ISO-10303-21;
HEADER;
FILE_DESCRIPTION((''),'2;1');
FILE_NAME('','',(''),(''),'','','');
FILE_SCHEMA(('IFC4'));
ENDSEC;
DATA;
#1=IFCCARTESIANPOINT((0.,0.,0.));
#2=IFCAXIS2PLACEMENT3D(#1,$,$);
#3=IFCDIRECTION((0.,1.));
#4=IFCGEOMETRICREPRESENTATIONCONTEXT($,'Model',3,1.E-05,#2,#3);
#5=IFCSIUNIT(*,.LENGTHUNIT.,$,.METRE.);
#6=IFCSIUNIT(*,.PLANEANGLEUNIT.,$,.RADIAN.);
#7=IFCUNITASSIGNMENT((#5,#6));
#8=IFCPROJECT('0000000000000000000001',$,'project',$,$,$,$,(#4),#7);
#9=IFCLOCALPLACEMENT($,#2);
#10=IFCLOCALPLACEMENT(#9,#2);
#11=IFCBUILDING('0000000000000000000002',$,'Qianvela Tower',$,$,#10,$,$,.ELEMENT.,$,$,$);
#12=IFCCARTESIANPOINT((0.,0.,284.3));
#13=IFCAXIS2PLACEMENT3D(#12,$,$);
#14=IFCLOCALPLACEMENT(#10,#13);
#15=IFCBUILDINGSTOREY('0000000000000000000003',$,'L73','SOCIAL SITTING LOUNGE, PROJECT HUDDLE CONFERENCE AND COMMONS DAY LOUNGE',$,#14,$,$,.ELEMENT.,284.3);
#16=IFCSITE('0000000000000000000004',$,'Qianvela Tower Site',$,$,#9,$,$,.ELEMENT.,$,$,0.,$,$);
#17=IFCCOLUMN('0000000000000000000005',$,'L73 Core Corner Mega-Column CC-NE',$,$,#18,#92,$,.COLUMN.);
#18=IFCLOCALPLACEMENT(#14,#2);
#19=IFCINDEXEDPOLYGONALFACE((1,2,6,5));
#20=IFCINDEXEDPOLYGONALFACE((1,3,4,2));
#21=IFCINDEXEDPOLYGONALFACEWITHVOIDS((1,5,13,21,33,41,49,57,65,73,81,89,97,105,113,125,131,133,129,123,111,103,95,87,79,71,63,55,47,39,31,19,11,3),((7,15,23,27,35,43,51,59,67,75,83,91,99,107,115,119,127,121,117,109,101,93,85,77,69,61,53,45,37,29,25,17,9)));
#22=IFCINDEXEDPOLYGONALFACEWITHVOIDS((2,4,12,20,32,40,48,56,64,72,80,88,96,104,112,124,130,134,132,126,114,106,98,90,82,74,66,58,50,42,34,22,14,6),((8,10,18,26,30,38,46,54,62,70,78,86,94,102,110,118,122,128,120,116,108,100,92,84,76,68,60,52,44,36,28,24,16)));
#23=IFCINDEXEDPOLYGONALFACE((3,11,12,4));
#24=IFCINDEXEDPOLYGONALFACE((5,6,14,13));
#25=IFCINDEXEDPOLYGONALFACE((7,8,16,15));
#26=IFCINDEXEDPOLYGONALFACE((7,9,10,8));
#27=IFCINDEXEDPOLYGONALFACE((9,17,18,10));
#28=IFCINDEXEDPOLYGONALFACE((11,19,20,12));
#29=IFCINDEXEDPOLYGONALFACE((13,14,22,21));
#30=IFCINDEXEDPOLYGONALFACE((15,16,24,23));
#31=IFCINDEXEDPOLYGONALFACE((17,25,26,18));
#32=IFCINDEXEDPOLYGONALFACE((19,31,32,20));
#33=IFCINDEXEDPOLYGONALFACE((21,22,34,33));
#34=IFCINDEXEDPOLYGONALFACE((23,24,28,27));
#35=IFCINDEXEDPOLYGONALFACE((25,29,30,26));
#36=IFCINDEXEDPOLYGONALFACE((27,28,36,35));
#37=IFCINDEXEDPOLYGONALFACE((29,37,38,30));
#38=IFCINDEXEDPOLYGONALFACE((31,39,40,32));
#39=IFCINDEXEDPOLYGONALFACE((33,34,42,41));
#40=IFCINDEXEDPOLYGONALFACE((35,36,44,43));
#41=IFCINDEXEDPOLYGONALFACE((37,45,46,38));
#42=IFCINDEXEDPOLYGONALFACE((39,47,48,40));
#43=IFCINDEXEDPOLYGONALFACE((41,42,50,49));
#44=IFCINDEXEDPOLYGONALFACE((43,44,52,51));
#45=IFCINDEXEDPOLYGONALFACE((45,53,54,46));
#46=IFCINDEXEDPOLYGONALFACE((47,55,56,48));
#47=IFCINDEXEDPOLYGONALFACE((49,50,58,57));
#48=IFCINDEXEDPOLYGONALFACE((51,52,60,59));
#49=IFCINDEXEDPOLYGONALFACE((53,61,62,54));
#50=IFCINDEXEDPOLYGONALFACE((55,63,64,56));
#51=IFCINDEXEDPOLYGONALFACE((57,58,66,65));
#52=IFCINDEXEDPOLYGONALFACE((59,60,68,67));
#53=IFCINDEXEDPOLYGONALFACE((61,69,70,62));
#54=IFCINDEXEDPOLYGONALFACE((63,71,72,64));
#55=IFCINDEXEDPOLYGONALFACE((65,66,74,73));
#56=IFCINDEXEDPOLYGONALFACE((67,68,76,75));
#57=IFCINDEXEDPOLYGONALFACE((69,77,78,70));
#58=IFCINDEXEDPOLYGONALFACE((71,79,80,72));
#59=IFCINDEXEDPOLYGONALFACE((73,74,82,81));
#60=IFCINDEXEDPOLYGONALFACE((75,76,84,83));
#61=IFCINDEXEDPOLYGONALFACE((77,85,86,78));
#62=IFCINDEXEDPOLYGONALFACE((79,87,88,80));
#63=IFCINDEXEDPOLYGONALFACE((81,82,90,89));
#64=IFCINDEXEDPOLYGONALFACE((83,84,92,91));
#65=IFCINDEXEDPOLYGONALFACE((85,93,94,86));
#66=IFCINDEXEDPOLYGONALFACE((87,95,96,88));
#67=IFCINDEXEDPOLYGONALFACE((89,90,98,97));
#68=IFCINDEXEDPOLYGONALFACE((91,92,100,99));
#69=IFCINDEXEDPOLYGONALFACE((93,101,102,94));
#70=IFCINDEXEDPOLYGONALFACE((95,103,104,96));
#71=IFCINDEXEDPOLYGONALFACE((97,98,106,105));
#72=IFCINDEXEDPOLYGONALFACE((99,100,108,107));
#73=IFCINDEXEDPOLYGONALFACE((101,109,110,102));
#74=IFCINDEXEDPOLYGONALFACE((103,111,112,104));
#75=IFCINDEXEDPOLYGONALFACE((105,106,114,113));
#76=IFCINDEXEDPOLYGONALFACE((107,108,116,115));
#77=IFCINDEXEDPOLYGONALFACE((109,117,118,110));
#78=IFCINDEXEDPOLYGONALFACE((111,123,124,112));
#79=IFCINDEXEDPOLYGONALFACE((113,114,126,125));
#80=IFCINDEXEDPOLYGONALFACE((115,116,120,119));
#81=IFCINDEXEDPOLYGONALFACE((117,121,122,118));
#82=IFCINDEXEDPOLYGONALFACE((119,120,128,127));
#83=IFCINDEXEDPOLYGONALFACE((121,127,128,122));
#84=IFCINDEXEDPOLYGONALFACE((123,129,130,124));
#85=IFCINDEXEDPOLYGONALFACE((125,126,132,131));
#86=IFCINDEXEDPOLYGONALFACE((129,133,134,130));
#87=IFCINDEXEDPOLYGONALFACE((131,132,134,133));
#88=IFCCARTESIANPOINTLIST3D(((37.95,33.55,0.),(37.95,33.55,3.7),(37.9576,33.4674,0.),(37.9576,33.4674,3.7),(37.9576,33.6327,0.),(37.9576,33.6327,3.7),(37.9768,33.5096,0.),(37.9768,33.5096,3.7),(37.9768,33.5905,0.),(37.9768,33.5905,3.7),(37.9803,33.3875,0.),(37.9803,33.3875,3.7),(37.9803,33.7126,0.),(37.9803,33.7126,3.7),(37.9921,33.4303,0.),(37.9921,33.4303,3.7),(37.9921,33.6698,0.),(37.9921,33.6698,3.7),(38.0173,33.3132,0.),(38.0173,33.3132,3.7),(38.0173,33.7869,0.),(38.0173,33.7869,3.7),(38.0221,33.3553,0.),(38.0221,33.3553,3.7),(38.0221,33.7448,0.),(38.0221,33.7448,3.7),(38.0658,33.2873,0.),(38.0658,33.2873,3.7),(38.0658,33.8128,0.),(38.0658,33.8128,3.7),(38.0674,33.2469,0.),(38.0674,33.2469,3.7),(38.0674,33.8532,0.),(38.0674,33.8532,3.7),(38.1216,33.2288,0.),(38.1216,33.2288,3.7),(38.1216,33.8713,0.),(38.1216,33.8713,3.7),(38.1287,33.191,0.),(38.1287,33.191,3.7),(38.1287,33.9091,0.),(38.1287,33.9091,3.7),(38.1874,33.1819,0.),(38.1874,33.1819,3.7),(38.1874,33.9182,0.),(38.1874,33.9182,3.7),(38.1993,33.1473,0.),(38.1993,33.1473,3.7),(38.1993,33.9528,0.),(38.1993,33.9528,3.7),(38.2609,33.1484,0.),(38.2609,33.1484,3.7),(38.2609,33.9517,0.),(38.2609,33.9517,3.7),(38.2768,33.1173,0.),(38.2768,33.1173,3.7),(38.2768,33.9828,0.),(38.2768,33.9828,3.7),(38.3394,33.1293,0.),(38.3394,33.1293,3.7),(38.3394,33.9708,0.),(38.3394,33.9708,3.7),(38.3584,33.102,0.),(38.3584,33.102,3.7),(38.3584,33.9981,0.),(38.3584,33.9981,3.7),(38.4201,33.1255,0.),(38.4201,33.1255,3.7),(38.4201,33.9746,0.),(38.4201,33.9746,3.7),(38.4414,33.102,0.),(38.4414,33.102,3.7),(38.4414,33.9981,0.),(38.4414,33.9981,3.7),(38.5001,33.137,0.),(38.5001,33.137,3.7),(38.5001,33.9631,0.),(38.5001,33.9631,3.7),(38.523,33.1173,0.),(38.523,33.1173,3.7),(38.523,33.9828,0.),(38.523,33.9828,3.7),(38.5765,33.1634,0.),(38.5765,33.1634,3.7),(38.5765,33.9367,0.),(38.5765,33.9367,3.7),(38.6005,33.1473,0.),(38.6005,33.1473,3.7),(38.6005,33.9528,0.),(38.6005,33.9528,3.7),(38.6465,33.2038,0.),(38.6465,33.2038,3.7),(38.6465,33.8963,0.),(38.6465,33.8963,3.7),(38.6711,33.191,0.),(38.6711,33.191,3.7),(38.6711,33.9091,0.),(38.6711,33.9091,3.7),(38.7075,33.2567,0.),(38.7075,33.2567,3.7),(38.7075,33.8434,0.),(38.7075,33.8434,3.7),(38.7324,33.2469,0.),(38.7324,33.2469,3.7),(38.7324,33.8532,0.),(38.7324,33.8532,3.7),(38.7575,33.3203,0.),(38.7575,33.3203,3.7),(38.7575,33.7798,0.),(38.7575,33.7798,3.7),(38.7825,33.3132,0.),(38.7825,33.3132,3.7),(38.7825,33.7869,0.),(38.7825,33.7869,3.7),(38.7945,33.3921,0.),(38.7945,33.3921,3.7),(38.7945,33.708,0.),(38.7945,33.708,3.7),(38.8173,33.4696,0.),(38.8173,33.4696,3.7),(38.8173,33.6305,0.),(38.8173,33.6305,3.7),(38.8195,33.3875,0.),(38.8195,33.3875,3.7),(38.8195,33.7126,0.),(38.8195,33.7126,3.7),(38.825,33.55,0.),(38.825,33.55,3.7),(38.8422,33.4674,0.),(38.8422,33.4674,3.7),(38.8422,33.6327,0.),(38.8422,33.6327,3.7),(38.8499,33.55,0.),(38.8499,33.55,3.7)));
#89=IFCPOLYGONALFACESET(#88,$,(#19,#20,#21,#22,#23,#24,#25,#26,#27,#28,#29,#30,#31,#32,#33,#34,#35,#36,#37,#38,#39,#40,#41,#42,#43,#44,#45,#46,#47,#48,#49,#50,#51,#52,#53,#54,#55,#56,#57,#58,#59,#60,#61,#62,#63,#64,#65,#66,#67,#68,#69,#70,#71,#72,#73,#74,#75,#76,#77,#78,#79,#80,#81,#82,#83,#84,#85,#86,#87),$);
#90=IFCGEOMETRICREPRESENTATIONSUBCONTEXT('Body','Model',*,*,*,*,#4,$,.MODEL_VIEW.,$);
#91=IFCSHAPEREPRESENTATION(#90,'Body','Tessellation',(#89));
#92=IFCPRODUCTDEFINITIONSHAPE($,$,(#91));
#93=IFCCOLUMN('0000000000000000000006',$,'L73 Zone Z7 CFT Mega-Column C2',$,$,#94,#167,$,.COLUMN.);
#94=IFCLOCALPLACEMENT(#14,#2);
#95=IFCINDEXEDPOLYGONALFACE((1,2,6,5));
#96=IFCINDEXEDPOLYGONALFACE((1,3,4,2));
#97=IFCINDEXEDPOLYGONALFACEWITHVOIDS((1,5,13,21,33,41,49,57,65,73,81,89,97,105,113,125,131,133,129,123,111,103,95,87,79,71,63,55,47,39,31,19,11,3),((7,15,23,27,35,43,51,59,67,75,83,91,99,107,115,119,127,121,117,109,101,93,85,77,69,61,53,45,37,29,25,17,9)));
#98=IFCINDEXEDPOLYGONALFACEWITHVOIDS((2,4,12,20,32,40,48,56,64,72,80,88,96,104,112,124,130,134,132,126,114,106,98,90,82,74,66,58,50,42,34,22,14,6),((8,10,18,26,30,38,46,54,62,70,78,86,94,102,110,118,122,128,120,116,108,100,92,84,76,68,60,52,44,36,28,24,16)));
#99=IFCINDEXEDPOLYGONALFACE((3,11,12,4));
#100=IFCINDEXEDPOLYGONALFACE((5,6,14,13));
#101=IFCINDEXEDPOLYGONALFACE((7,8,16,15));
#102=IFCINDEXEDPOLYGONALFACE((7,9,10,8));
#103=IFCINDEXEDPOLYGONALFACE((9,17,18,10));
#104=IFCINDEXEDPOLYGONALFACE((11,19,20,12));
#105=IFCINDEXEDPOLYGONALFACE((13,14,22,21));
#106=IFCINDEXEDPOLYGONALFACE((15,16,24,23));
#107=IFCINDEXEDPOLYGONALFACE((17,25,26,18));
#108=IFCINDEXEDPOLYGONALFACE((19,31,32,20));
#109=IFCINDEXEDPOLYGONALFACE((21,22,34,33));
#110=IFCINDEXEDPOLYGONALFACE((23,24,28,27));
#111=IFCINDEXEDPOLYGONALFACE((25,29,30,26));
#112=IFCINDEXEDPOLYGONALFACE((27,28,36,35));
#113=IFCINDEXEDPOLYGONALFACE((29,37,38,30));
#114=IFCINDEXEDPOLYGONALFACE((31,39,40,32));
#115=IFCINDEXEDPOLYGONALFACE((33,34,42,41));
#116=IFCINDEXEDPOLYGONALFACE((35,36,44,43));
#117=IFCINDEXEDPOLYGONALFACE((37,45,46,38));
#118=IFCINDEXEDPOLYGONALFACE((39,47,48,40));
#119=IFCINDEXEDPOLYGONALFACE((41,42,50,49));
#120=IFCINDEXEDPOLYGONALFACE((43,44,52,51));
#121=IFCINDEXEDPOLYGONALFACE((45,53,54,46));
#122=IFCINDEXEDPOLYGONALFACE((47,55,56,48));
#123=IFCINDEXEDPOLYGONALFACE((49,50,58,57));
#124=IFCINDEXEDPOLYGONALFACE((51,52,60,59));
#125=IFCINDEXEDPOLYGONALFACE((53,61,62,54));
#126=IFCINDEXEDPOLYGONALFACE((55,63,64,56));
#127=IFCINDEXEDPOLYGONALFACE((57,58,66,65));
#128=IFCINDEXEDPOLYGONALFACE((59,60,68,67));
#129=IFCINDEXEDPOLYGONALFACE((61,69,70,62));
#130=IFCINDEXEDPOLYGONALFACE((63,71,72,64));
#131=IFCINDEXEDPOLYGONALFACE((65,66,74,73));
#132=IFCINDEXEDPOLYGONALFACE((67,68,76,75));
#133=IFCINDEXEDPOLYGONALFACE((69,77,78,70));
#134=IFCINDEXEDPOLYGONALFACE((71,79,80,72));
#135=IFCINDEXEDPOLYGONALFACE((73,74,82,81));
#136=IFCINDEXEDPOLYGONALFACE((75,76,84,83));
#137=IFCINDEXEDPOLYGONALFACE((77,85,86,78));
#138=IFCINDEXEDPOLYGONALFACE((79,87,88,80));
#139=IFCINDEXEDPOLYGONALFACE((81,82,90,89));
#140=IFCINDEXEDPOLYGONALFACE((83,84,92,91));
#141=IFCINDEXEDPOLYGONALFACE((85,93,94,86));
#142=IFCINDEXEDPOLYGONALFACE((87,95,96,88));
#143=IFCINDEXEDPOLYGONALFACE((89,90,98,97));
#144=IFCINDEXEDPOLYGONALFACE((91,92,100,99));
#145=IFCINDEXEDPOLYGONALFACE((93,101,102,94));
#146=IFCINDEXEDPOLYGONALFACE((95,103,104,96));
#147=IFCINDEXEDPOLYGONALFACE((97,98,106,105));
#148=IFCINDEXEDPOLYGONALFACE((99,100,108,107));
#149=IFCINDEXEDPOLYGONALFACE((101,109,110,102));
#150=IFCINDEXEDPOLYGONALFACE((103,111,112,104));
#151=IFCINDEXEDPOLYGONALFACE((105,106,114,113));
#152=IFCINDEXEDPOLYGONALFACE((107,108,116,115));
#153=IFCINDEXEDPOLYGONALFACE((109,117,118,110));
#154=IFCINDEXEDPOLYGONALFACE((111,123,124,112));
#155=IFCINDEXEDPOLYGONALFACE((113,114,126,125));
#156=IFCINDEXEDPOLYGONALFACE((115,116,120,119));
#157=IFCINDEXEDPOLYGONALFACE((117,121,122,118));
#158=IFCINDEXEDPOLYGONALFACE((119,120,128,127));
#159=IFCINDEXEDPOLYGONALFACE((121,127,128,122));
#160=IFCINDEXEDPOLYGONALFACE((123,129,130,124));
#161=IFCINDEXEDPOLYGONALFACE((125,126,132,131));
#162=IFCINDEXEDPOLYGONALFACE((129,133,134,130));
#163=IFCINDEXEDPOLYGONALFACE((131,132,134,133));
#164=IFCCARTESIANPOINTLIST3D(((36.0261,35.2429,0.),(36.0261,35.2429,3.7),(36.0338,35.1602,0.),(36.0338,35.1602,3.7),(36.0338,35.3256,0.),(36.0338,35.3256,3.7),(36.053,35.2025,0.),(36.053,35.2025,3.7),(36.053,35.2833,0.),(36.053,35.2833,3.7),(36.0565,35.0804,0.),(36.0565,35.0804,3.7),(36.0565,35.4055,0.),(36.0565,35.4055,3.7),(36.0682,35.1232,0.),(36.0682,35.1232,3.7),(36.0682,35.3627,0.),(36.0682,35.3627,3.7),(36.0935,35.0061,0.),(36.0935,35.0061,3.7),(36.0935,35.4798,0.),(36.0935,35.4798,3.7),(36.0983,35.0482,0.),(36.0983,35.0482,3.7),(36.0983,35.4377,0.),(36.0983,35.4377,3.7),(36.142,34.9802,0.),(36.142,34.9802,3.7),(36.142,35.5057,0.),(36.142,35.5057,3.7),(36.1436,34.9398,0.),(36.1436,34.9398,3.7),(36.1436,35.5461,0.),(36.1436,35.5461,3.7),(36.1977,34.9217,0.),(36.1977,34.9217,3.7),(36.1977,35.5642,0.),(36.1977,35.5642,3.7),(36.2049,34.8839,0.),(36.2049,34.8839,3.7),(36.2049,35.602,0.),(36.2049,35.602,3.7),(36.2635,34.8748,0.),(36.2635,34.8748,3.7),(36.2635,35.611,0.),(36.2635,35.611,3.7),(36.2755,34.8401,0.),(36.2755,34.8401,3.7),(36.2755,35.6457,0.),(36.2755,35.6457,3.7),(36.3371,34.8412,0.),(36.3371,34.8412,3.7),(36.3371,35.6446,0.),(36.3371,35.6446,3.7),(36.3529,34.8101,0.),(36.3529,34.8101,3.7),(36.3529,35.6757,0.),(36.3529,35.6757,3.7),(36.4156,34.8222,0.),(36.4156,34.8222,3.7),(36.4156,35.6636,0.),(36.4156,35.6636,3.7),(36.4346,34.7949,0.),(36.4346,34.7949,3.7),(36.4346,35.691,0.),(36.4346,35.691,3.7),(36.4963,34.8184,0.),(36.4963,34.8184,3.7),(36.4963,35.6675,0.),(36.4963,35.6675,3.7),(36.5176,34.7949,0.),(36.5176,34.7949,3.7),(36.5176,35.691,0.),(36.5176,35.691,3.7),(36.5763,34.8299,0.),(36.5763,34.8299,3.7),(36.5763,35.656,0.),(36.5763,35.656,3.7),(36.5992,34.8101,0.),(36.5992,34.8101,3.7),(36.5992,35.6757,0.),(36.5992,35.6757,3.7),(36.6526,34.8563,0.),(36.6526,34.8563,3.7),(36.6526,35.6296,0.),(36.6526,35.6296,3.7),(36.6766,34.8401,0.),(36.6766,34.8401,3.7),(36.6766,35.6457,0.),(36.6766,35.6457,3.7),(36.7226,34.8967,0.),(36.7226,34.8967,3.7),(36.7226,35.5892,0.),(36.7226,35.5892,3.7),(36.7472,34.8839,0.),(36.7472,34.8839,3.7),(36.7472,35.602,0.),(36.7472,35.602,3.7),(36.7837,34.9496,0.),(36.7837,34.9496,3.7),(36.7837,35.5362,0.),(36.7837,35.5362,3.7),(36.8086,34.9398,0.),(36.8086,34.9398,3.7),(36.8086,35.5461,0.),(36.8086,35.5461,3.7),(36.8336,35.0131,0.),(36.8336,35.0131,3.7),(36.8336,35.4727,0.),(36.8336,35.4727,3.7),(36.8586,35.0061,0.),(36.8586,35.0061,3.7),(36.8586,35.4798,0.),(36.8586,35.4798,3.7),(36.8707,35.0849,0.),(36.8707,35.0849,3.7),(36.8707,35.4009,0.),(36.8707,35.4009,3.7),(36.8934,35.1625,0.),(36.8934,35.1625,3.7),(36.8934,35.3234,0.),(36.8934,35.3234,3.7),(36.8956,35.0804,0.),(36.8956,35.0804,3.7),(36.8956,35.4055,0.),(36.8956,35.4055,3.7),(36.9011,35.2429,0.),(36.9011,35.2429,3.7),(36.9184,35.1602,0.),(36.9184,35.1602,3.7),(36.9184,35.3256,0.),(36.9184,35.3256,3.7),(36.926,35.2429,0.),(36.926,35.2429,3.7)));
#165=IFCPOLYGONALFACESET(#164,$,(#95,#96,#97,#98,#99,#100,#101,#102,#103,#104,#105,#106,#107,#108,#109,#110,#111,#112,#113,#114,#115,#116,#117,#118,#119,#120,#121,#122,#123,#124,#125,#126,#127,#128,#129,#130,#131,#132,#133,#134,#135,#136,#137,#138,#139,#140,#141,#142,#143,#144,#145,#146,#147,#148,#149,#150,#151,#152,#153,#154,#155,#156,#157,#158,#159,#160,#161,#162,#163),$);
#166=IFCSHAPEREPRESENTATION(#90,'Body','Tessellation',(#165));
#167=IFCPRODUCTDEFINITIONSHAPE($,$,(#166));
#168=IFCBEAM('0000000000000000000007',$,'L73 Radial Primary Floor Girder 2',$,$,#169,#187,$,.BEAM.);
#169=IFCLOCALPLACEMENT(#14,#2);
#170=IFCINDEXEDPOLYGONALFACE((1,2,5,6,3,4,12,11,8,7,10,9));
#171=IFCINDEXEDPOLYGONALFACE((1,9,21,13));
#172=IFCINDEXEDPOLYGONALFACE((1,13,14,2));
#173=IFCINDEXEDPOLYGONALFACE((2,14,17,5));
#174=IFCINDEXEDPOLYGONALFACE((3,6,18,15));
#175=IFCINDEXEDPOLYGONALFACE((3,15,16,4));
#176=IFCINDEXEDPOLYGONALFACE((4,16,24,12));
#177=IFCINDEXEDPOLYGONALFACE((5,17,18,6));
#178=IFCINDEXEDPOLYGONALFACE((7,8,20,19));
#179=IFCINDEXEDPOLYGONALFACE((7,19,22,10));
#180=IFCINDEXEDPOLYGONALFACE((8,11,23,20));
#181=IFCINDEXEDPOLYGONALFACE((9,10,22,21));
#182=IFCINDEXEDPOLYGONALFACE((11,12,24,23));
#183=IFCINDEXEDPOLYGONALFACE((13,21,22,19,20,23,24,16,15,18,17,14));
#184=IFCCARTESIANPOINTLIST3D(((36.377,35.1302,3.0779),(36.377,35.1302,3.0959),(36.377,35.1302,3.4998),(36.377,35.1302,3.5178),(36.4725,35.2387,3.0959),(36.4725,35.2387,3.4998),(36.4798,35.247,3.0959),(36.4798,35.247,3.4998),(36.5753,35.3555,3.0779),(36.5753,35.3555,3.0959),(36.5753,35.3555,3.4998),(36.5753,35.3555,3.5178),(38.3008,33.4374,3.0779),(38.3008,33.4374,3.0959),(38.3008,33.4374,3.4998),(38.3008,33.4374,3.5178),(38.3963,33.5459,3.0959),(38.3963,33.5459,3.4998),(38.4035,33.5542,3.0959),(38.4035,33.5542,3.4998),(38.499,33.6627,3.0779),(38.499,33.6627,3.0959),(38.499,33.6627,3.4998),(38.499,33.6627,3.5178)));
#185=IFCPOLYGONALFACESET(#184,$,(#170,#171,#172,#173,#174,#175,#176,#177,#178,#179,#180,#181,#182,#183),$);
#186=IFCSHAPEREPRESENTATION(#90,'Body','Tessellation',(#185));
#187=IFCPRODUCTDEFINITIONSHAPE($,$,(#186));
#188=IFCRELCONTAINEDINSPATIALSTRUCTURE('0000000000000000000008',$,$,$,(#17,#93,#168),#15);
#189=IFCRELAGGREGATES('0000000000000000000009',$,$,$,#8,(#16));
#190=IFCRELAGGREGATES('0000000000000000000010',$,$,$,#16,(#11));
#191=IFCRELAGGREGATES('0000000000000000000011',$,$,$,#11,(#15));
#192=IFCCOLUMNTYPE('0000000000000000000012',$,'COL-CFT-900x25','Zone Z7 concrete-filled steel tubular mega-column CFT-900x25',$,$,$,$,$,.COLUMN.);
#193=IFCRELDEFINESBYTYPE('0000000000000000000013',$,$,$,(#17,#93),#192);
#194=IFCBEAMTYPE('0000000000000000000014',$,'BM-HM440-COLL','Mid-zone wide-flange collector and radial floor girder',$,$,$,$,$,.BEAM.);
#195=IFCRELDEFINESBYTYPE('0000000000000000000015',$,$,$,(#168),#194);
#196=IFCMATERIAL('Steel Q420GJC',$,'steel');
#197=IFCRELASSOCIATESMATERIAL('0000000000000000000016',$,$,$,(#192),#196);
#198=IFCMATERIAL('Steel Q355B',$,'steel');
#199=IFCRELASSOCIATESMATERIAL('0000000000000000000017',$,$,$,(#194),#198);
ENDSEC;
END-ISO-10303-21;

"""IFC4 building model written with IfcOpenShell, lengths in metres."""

from ifc_helpers import new_model, si_unit, direction, frame, origin, origin_2d, place, context, subcontext, project, spatial, hollow_circle, i_section, extrude, material, material_profile, profile_set, type_object, element, save


model = new_model("IFC4")

# Units and contexts
model_context = context("Model", 3, precision=1e-05, world=origin(), true_north=direction((0.0, 1.0)))
body_context = subcontext(model_context, "Body", "Model", "MODEL_VIEW")
ifc_project = project(units=[si_unit("LENGTHUNIT", "METRE"), si_unit("PLANEANGLEUNIT", "RADIAN")], contexts=[model_context])

# Site, building, storey
site_placement = place(None, origin())
site = spatial("IfcSite", under=ifc_project, at=site_placement, Name="Qianvela Tower Site", CompositionType="ELEMENT", RefElevation=0.0)
building_placement = place(site_placement, origin())
building = spatial("IfcBuilding", under=site, at=building_placement, Name="Qianvela Tower", CompositionType="ELEMENT")
storey_placement = place(building_placement, frame((0.0, 0.0, 284.3)))
storey = spatial("IfcBuildingStorey", under=building, at=storey_placement, Name="L73", Description="SOCIAL SITTING LOUNGE, PROJECT HUDDLE CONFERENCE AND COMMONS DAY LOUNGE", CompositionType="ELEMENT", Elevation=284.3)

# Columns
ifc_material_1 = material(Name="Steel Q420GJC", Category="steel")
ifc_material_profile_1 = material_profile(ifc_material_1, hollow_circle(Radius=0.45, WallThickness=0.0249, at=origin_2d()), Name="CFT-900x25")
ifc_profile_set_1 = profile_set([ifc_material_profile_1], Name="Steel Q420GJC")
column_type = type_object("IfcColumnType", Name="COL-CFT-900x25", Description="Zone Z7 concrete-filled steel tubular mega-column CFT-900x25", PredefinedType="COLUMN", material=ifc_profile_set_1)
for number, where, z_axis, x_axis, name in (
    (1, (38.3999, 33.55, 0.0), (0.0, 0.0, 1.0), (1.0, 0.0, 0.0), "L73 Core Corner Mega-Column CC-NE"),
    (2, (36.4761, 35.2429, 0.0), (0.0, 0.0, 1.0), (1.0, 0.0, 0.0), "L73 Zone Z7 CFT Mega-Column C2"),
):
    element("IfcColumn", number, at=place(storey_placement, frame(where, z_axis=z_axis, x_axis=x_axis)), inside=storey, type_object=column_type, Name=name, PredefinedType="COLUMN", context=body_context, shape_type="SweptSolid", body=[
        extrude(hollow_circle(Radius=0.45, WallThickness=0.0249, at=origin_2d()), origin(), (0.0, 0.0, 1.0), 3.7),
    ])

# Beam
ifc_material_2 = material(Name="Steel Q355B", Category="steel")
ifc_material_profile_2 = material_profile(ifc_material_2, i_section(OverallWidth=0.3, OverallDepth=0.4399, WebThickness=0.011, FlangeThickness=0.0181, at=origin_2d()), Name="HM440x300x11x18")
ifc_profile_set_2 = profile_set([ifc_material_profile_2], Name="Steel Q355B")
beam_type_1 = type_object("IfcBeamType", Name="BM-HM440-COLL", Description="Mid-zone wide-flange collector and radial floor girder", PredefinedType="BEAM", material=ifc_profile_set_2)
beam_1_placement = place(storey_placement, frame((38.3999, 33.55, 3.2979), z_axis=(-0.750732, 0.660606, 0.0), x_axis=(-0.660606, -0.750732, 0.0)))
element("IfcBeam", 3, at=beam_1_placement, inside=storey, type_object=beam_type_1, Name="L73 Radial Primary Floor Girder 2", PredefinedType="BEAM", context=body_context, shape_type="SweptSolid", body=[
    extrude(i_section(OverallWidth=0.3, OverallDepth=0.4399, WebThickness=0.011, FlangeThickness=0.0181, at=origin_2d()), origin(), (0.0, 0.0, 1.0), 2.5625),
])

save(model, "model.ifc")
